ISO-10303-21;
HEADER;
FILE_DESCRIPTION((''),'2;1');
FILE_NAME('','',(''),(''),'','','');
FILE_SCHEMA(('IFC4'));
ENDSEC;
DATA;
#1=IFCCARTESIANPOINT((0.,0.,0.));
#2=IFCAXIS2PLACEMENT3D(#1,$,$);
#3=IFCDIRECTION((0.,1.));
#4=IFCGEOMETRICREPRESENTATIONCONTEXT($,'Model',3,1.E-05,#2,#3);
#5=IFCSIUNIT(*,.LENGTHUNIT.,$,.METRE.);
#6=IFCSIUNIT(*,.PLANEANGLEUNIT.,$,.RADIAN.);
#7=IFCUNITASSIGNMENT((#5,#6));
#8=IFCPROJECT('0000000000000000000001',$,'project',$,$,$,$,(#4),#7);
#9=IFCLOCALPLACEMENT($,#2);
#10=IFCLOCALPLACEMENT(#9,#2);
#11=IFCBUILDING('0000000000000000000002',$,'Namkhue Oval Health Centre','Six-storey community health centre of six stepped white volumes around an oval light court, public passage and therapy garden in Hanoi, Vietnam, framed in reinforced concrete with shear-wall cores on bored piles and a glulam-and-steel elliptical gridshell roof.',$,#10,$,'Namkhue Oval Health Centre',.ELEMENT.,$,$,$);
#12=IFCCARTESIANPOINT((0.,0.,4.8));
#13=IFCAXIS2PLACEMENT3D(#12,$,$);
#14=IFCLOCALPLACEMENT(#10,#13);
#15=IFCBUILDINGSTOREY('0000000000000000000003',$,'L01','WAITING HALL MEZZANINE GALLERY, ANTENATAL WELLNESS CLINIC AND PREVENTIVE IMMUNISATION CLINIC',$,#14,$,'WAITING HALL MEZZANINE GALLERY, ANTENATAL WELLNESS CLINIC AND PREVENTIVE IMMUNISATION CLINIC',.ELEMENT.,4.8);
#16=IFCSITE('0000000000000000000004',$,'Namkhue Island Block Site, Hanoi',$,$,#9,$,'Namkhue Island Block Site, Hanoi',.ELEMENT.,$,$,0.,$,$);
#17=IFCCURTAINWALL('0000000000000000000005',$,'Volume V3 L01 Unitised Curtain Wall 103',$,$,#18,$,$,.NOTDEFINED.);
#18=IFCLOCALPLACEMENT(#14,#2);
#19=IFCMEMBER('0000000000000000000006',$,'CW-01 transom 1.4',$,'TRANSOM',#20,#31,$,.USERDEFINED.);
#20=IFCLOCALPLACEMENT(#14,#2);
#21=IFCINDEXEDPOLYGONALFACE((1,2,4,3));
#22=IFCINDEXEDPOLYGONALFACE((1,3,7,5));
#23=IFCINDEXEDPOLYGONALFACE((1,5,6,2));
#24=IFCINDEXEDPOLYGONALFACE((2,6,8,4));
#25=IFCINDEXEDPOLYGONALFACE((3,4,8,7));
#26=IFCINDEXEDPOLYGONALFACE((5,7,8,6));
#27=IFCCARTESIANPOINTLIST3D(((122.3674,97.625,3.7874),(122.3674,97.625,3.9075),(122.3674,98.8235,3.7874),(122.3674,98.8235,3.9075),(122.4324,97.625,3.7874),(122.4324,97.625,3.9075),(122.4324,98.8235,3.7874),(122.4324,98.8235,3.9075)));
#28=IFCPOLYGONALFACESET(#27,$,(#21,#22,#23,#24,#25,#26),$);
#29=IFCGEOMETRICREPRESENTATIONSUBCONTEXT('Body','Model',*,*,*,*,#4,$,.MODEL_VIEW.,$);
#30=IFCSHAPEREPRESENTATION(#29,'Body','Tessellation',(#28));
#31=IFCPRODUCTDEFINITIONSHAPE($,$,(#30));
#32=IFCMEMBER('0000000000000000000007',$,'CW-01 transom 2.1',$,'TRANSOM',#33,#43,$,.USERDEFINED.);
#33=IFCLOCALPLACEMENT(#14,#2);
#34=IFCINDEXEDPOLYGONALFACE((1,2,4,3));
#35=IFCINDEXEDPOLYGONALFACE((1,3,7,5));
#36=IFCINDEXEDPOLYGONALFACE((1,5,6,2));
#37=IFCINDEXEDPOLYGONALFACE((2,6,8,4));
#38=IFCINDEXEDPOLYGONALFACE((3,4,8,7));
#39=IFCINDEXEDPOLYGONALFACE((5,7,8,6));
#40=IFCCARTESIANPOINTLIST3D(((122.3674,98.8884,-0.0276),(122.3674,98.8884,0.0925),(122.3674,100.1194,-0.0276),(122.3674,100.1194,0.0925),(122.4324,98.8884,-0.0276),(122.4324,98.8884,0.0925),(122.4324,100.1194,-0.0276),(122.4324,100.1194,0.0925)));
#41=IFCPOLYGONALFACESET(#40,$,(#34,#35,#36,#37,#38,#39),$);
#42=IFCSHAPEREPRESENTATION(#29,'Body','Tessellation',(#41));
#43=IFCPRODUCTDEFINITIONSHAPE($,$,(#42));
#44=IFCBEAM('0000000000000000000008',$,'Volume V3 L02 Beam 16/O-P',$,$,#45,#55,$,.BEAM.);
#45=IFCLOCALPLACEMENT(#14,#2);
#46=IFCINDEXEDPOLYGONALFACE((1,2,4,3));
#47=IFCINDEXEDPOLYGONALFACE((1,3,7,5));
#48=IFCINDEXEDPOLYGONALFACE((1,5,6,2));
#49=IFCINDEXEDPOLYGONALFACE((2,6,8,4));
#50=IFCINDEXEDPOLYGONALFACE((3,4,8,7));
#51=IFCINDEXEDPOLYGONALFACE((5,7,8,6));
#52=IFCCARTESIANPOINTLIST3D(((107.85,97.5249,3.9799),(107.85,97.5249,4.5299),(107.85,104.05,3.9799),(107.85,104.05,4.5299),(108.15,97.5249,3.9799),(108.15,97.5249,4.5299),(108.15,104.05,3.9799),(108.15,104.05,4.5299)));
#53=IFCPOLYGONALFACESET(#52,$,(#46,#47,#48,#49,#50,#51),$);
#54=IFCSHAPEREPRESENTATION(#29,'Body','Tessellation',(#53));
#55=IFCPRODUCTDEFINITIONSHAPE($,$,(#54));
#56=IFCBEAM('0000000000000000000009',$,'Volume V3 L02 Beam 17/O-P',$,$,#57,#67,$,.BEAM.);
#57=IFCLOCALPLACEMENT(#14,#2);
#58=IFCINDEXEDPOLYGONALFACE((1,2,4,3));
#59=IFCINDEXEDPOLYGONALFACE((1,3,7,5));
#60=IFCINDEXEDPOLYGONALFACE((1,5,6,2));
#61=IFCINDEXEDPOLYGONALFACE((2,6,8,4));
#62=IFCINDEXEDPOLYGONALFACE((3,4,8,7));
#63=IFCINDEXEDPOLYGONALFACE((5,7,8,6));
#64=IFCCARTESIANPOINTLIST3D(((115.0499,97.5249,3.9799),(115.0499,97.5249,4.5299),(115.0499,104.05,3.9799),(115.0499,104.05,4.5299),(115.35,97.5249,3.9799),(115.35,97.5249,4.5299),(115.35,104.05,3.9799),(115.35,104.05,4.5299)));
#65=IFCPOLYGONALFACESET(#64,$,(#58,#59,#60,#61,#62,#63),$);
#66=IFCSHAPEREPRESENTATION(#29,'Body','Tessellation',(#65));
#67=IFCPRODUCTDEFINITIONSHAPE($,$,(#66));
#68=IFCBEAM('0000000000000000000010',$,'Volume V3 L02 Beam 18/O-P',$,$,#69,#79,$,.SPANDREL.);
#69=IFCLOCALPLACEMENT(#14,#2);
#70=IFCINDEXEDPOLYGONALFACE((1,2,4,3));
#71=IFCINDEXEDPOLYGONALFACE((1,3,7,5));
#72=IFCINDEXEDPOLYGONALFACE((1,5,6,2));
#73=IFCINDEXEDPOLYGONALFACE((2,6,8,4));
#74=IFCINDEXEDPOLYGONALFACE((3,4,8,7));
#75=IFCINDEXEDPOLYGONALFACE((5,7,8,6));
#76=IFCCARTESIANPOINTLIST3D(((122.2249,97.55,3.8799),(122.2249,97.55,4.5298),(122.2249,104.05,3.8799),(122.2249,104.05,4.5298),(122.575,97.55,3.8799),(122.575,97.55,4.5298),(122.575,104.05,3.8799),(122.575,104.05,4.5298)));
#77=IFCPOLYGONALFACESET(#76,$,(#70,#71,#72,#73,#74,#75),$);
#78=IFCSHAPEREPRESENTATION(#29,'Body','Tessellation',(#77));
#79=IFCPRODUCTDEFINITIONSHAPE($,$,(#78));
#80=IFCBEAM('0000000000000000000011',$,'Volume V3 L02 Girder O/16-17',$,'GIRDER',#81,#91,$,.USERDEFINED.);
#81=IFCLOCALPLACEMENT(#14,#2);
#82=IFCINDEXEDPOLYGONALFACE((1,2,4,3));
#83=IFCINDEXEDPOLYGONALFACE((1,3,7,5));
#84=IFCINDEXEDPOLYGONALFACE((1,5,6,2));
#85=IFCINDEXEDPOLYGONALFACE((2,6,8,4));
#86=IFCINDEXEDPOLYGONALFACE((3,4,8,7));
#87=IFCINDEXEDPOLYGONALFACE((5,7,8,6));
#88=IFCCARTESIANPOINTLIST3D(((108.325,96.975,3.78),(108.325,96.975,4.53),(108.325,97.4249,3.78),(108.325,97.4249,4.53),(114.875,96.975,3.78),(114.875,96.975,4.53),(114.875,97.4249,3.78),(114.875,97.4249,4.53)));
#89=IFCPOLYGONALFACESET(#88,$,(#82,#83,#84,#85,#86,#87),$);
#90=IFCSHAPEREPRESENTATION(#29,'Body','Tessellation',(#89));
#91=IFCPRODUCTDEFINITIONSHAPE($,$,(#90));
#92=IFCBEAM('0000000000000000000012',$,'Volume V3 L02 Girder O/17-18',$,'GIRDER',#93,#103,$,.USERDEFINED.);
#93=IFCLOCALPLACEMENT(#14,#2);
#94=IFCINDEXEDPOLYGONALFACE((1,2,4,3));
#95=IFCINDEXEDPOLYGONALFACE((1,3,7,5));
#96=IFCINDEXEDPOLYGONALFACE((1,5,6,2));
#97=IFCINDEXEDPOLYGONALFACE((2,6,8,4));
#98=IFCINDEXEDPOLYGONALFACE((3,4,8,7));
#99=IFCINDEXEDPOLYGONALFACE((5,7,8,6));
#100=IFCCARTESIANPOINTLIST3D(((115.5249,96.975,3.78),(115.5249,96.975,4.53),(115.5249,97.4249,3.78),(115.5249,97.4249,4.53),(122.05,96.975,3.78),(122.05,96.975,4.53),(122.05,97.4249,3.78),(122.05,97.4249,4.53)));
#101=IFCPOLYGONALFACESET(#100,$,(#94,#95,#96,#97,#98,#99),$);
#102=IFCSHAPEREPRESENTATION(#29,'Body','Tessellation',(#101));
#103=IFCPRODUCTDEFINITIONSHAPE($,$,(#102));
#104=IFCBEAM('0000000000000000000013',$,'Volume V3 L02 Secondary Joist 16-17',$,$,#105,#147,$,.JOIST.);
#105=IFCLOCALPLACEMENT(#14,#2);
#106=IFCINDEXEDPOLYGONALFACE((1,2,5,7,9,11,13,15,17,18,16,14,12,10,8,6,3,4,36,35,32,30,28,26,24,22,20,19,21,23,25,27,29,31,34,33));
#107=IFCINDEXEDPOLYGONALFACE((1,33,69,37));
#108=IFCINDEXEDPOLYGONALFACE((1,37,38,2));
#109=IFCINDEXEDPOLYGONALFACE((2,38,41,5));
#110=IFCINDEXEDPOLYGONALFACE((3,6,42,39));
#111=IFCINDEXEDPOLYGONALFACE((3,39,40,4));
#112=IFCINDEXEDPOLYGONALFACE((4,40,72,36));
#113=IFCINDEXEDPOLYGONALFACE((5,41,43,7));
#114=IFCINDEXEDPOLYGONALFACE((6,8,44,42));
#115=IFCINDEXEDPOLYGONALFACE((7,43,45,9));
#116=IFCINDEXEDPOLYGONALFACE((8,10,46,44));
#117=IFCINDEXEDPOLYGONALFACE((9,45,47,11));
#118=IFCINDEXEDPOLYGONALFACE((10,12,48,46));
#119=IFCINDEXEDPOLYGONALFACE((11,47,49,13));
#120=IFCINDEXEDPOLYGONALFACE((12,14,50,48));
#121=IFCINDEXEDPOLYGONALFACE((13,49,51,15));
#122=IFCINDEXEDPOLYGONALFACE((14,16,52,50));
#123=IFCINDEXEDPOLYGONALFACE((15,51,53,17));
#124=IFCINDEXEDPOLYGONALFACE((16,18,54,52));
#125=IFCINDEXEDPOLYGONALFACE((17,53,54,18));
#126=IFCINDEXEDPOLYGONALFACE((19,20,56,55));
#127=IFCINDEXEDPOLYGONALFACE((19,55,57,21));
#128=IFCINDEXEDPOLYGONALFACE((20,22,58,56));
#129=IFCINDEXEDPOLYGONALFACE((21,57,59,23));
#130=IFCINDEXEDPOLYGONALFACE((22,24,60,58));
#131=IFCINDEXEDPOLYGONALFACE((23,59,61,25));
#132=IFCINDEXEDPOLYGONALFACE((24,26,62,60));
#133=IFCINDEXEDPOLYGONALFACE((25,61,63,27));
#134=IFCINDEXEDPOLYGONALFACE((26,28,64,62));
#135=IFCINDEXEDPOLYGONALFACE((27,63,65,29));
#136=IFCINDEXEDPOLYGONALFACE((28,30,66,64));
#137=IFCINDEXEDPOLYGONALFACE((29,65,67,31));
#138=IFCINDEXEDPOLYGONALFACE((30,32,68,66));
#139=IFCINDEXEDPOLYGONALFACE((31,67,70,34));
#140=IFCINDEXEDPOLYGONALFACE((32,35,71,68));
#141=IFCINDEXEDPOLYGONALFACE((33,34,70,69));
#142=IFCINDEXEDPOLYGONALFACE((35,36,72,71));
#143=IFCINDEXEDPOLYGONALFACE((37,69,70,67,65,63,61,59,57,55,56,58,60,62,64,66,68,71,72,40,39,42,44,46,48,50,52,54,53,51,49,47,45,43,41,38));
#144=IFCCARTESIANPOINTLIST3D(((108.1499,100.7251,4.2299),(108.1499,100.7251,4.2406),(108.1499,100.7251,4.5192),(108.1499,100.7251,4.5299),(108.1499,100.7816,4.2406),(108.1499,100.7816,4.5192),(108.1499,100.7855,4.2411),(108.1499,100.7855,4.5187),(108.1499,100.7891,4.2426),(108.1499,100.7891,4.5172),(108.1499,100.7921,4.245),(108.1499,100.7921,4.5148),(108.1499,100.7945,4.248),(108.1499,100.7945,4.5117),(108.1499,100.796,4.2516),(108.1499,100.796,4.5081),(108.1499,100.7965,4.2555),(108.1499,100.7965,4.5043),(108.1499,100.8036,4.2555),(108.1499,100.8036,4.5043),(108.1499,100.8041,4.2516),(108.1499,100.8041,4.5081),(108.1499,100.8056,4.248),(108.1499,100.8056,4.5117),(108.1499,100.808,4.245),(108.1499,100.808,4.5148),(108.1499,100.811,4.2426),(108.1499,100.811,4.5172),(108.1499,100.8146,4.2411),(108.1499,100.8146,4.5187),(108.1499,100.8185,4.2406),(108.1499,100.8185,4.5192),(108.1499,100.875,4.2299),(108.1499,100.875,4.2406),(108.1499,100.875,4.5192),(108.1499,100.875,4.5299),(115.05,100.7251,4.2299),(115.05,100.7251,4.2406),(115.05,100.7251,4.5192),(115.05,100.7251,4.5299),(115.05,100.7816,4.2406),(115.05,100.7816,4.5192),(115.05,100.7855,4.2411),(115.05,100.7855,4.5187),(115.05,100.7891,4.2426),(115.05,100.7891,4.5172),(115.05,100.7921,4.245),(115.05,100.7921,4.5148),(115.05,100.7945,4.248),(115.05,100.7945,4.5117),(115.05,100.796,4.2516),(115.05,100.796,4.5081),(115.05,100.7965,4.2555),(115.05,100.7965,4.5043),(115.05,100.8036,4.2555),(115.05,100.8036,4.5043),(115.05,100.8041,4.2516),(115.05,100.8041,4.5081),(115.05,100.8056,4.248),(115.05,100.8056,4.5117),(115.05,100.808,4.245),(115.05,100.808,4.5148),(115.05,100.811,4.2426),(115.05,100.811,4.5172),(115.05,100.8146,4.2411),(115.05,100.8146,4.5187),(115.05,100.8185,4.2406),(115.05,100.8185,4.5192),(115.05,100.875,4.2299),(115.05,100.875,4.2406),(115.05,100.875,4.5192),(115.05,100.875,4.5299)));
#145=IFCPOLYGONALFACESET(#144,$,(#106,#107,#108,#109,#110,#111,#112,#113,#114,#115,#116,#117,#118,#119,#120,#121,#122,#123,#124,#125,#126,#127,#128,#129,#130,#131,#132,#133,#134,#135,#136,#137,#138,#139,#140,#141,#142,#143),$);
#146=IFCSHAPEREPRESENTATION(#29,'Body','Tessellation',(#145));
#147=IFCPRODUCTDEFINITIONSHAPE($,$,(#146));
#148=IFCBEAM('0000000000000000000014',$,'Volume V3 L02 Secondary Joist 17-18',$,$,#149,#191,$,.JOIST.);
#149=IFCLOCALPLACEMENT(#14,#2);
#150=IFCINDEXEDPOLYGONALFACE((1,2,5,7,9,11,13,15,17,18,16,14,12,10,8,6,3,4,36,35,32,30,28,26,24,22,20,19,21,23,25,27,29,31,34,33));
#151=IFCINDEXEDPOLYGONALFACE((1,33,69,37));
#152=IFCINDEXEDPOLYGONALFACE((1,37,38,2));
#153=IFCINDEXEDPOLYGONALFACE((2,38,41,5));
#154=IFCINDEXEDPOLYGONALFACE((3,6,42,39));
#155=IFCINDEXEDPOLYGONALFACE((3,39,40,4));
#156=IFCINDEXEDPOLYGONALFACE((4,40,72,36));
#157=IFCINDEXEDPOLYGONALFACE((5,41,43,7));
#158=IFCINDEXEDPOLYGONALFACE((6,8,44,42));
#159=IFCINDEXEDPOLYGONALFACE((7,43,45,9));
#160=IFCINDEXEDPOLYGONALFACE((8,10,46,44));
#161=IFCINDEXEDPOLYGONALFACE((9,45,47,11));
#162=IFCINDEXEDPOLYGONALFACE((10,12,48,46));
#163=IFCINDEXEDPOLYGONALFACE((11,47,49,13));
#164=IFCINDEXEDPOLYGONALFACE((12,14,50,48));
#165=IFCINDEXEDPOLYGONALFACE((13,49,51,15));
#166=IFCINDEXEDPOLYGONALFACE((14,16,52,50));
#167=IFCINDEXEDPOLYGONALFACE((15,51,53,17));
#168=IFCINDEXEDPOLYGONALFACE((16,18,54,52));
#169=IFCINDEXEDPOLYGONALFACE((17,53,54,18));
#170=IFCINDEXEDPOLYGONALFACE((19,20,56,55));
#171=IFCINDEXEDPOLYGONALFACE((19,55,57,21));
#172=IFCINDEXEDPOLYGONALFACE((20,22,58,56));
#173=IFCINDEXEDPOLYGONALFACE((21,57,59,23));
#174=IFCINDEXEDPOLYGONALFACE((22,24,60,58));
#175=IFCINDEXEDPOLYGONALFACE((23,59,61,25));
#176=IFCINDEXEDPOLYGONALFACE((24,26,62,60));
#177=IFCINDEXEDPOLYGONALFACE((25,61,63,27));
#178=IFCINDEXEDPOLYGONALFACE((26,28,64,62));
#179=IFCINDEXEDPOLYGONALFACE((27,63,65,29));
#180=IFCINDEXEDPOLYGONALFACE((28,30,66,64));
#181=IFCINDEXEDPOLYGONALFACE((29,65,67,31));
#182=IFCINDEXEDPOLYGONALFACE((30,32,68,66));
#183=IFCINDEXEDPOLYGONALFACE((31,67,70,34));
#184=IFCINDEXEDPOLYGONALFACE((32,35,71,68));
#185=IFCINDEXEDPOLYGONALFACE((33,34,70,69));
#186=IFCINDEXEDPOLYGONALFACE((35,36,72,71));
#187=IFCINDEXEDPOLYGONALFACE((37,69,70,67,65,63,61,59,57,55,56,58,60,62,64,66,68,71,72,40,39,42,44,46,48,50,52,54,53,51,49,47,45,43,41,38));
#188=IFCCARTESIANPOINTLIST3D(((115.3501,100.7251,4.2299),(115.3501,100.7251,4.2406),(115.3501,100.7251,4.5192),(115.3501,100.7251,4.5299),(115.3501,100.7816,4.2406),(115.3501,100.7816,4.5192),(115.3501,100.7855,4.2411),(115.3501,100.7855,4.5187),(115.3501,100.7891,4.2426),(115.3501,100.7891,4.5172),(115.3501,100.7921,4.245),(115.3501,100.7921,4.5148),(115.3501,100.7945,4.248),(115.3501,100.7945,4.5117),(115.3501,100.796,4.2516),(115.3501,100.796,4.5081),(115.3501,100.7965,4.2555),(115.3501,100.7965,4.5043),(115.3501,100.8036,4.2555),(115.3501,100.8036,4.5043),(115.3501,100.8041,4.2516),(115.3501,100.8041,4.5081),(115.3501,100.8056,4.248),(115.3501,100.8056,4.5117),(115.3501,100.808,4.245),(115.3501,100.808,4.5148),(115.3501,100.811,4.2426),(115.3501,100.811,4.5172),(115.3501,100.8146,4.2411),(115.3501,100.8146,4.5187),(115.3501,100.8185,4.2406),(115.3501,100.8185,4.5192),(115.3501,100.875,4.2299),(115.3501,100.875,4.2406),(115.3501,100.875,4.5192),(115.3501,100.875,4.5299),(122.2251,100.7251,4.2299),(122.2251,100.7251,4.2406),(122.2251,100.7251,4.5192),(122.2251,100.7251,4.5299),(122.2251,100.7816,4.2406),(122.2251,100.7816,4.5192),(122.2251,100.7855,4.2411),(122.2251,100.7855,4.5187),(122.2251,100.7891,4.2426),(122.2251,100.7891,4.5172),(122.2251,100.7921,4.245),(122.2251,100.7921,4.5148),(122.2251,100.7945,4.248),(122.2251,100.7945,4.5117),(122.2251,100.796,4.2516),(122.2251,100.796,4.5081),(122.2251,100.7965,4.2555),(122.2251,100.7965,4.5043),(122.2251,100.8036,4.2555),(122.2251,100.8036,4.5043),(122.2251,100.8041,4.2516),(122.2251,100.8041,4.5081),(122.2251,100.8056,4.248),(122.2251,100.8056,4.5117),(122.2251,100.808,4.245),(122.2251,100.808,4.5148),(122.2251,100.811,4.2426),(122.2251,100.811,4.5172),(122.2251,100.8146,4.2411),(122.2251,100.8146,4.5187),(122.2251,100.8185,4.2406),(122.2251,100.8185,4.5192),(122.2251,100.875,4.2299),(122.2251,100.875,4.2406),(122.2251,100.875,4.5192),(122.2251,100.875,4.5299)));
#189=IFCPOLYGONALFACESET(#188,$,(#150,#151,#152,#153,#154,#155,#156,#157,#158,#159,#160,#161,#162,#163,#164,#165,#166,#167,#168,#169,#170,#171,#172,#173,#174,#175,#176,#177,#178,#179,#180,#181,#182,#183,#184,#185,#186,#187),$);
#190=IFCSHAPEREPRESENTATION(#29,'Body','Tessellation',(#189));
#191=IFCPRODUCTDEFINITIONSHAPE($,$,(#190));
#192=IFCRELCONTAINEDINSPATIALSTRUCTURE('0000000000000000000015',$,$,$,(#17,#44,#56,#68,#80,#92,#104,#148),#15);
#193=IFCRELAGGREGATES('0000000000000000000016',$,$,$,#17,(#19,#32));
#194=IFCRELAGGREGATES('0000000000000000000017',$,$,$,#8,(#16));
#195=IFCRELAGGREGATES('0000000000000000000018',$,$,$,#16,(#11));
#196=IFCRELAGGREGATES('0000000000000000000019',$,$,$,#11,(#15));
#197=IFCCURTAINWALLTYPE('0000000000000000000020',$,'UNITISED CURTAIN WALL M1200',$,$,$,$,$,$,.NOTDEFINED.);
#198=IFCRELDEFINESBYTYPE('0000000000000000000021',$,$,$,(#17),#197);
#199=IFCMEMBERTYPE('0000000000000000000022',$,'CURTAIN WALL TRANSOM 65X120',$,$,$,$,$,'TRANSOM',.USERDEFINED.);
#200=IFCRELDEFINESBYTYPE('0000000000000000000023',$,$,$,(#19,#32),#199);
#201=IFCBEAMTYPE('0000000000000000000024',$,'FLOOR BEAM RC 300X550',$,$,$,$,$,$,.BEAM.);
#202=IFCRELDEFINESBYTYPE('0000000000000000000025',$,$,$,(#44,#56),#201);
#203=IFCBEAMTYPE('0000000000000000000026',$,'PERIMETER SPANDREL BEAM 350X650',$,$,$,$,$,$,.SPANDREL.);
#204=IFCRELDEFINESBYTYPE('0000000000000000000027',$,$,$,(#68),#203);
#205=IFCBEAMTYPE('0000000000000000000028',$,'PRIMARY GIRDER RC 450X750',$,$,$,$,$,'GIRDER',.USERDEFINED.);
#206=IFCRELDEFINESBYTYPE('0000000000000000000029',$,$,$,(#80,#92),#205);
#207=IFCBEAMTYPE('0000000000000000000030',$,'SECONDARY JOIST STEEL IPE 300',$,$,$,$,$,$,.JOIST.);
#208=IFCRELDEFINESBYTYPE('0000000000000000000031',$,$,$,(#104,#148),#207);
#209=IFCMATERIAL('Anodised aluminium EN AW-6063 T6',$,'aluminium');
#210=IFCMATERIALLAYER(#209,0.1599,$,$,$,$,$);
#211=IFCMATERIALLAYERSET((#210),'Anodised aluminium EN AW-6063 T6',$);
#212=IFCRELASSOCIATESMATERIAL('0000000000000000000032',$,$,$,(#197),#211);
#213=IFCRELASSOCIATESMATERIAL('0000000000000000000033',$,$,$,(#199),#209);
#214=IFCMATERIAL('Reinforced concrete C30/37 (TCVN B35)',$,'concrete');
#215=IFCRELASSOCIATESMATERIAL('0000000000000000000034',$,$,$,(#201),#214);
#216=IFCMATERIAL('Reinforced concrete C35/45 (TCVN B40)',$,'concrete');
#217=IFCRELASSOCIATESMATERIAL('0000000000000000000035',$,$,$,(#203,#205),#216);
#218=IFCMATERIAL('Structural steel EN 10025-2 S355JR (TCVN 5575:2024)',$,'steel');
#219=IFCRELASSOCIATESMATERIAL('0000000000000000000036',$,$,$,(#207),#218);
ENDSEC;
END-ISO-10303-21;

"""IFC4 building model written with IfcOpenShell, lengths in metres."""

from ifc_helpers import new_model, si_unit, direction, frame, origin, origin_2d, place, context, subcontext, project, spatial, rectangle, i_section, extrude, material, layer, layer_set, material_profile, profile_set, type_object, element, aggregate, save


model = new_model("IFC4")

# Units and contexts
model_context = context("Model", 3, precision=1e-05, world=origin(), true_north=direction((0.0, 1.0)))
body_context = subcontext(model_context, "Body", "Model", "MODEL_VIEW")
ifc_project = project(units=[si_unit("LENGTHUNIT", "METRE"), si_unit("PLANEANGLEUNIT", "RADIAN")], contexts=[model_context])

# Site, building, storey
site_placement = place(None, origin())
site = spatial("IfcSite", under=ifc_project, at=site_placement, Name="Namkhue Island Block Site, Hanoi", LongName="Namkhue Island Block Site, Hanoi", CompositionType="ELEMENT", RefElevation=0.0)
building_placement = place(site_placement, origin())
building = spatial("IfcBuilding", under=site, at=building_placement, Name="Namkhue Oval Health Centre", Description="Six-storey community health centre of six stepped white volumes around an oval light court, public passage and therapy garden in Hanoi, Vietnam, framed in reinforced concrete with shear-wall cores on bored piles and a glulam-and-steel elliptical gridshell roof.", LongName="Namkhue Oval Health Centre", CompositionType="ELEMENT")
storey_placement = place(building_placement, frame((0.0, 0.0, 4.8)))
storey = spatial("IfcBuildingStorey", under=building, at=storey_placement, Name="L01", Description="WAITING HALL MEZZANINE GALLERY, ANTENATAL WELLNESS CLINIC AND PREVENTIVE IMMUNISATION CLINIC", LongName="WAITING HALL MEZZANINE GALLERY, ANTENATAL WELLNESS CLINIC AND PREVENTIVE IMMUNISATION CLINIC", CompositionType="ELEMENT", Elevation=4.8)

# Shared definitions
ifc_material_1 = material(Name="Reinforced concrete C35/45 (TCVN B40)", Category="concrete")

# Curtain wall, members
ifc_material_2 = material(Name="Anodised aluminium EN AW-6063 T6", Category="aluminium")
ifc_layer_1 = layer(ifc_material_2, 0.1599)
ifc_layer_set_1 = layer_set([ifc_layer_1], Name="Anodised aluminium EN AW-6063 T6")
curtain_wall_type = type_object("IfcCurtainWallType", Name="UNITISED CURTAIN WALL M1200", PredefinedType="NOTDEFINED", material=ifc_layer_set_1)
curtain_wall_placement = place(storey_placement, origin())
curtain_wall = element("IfcCurtainWall", 1, at=curtain_wall_placement, inside=storey, type_object=curtain_wall_type, Name="Volume V3 L01 Unitised Curtain Wall 103", PredefinedType="NOTDEFINED")
ifc_material_profile_1 = material_profile(ifc_material_2, rectangle(XDim=0.0649, YDim=0.1201, at=origin_2d()), Name="ALU 65x120")
ifc_profile_set_1 = profile_set([ifc_material_profile_1], Name="Anodised aluminium EN AW-6063 T6")
member_type_1 = type_object("IfcMemberType", Name="CURTAIN WALL TRANSOM 65X120", ElementType="TRANSOM", PredefinedType="USERDEFINED", material=ifc_profile_set_1)
member_1_placement = place(storey_placement, frame((122.3999, 97.625, 3.8474), z_axis=(0.0, 1.0, 0.0), x_axis=(-1.0, 0.0, 0.0)))
member_1 = element("IfcMember", 2, at=member_1_placement, type_object=member_type_1, Name="CW-01 transom 1.4", ObjectType="TRANSOM", PredefinedType="USERDEFINED", context=body_context, shape_type="SweptSolid", body=[
    extrude(rectangle(XDim=0.0649, YDim=0.1201, at=origin_2d()), origin(), (0.0, 0.0, 1.0), 1.1985),
])
member_2_placement = place(storey_placement, frame((122.3999, 98.8884, 0.0325), z_axis=(0.0, 1.0, 0.0), x_axis=(-1.0, 0.0, 0.0)))
member_2 = element("IfcMember", 3, at=member_2_placement, type_object=member_type_1, Name="CW-01 transom 2.1", ObjectType="TRANSOM", PredefinedType="USERDEFINED", context=body_context, shape_type="SweptSolid", body=[
    extrude(rectangle(XDim=0.0649, YDim=0.1201, at=origin_2d()), origin(), (0.0, 0.0, 1.0), 1.231),
])

# Beams
ifc_material_3 = material(Name="Reinforced concrete C30/37 (TCVN B35)", Category="concrete")
ifc_material_profile_2 = material_profile(ifc_material_3, rectangle(XDim=0.3, YDim=0.55, at=origin_2d()), Name="RC 300x550")
ifc_profile_set_2 = profile_set([ifc_material_profile_2], Name="Reinforced concrete C30/37 (TCVN B35)")
beam_type_1 = type_object("IfcBeamType", Name="FLOOR BEAM RC 300X550", PredefinedType="BEAM", material=ifc_profile_set_2)
for number, where, z_axis, x_axis, name in (
    (4, (108.0, 97.5249, 4.2549), (0.0, 1.0, 0.0), (-1.0, 0.0, 0.0), "Volume V3 L02 Beam 16/O-P"),
    (5, (115.2, 97.5249, 4.2549), (0.0, 1.0, 0.0), (-1.0, 0.0, 0.0), "Volume V3 L02 Beam 17/O-P"),
):
    element("IfcBeam", number, at=place(storey_placement, frame(where, z_axis=z_axis, x_axis=x_axis)), inside=storey, type_object=beam_type_1, Name=name, PredefinedType="BEAM", context=body_context, shape_type="SweptSolid", body=[
        extrude(rectangle(XDim=0.3, YDim=0.55, at=origin_2d()), origin(), (0.0, 0.0, 1.0), 6.5251),
    ])
ifc_material_profile_3 = material_profile(ifc_material_1, rectangle(XDim=0.3501, YDim=0.6499, at=origin_2d()), Name="RC 350x650")
ifc_profile_set_3 = profile_set([ifc_material_profile_3], Name="Reinforced concrete C35/45 (TCVN B40)")
beam_type_2 = type_object("IfcBeamType", Name="PERIMETER SPANDREL BEAM 350X650", PredefinedType="SPANDREL", material=ifc_profile_set_3)
beam_1_placement = place(storey_placement, frame((122.3999, 97.55, 4.2048), z_axis=(0.0, 1.0, 0.0), x_axis=(-1.0, 0.0, 0.0)))
element("IfcBeam", 6, at=beam_1_placement, inside=storey, type_object=beam_type_2, Name="Volume V3 L02 Beam 18/O-P", PredefinedType="SPANDREL", context=body_context, shape_type="SweptSolid", body=[
    extrude(rectangle(XDim=0.3501, YDim=0.6499, at=origin_2d()), origin(), (0.0, 0.0, 1.0), 6.5),
])
ifc_material_profile_4 = material_profile(ifc_material_1, rectangle(XDim=0.45, YDim=0.75, at=origin_2d()), Name="RC 450x750")
ifc_profile_set_4 = profile_set([ifc_material_profile_4], Name="Reinforced concrete C35/45 (TCVN B40)")
beam_type_3 = type_object("IfcBeamType", Name="PRIMARY GIRDER RC 450X750", ElementType="GIRDER", PredefinedType="USERDEFINED", material=ifc_profile_set_4)
beam_2_placement = place(storey_placement, frame((108.325, 97.2, 4.155), z_axis=(1.0, 0.0, 0.0), x_axis=(0.0, 1.0, 0.0)))
element("IfcBeam", 7, at=beam_2_placement, inside=storey, type_object=beam_type_3, Name="Volume V3 L02 Girder O/16-17", ObjectType="GIRDER", PredefinedType="USERDEFINED", context=body_context, shape_type="SweptSolid", body=[
    extrude(rectangle(XDim=0.45, YDim=0.75, at=origin_2d()), origin(), (0.0, 0.0, 1.0), 6.55),
])
beam_3_placement = place(storey_placement, frame((115.5249, 97.2, 4.155), z_axis=(1.0, 0.0, 0.0), x_axis=(0.0, 1.0, 0.0)))
element("IfcBeam", 8, at=beam_3_placement, inside=storey, type_object=beam_type_3, Name="Volume V3 L02 Girder O/17-18", ObjectType="GIRDER", PredefinedType="USERDEFINED", context=body_context, shape_type="SweptSolid", body=[
    extrude(rectangle(XDim=0.45, YDim=0.75, at=origin_2d()), origin(), (0.0, 0.0, 1.0), 6.5251),
])
ifc_material_4 = material(Name="Structural steel EN 10025-2 S355JR (TCVN 5575:2024)", Category="steel")
ifc_material_profile_5 = material_profile(ifc_material_4, i_section(OverallWidth=0.1499, OverallDepth=0.3, WebThickness=0.0071, FlangeThickness=0.0107, FilletRadius=0.0149, at=origin_2d()), Name="IPE 300")
ifc_profile_set_5 = profile_set([ifc_material_profile_5], Name="Structural steel EN 10025-2 S355JR (TCVN 5575:2024)")
beam_type_4 = type_object("IfcBeamType", Name="SECONDARY JOIST STEEL IPE 300", PredefinedType="JOIST", material=ifc_profile_set_5)
beam_4_placement = place(storey_placement, frame((108.1499, 100.8, 4.3799), z_axis=(1.0, 0.0, 0.0), x_axis=(0.0, 1.0, 0.0)))
element("IfcBeam", 9, at=beam_4_placement, inside=storey, type_object=beam_type_4, Name="Volume V3 L02 Secondary Joist 16-17", PredefinedType="JOIST", context=body_context, shape_type="SweptSolid", body=[
    extrude(i_section(OverallWidth=0.1499, OverallDepth=0.3, WebThickness=0.0071, FlangeThickness=0.0107, FilletRadius=0.0149, at=origin_2d()), origin(), (0.0, 0.0, 1.0), 6.9001),
])
beam_5_placement = place(storey_placement, frame((115.3501, 100.8, 4.3799), z_axis=(1.0, 0.0, 0.0), x_axis=(0.0, 1.0, 0.0)))
element("IfcBeam", 10, at=beam_5_placement, inside=storey, type_object=beam_type_4, Name="Volume V3 L02 Secondary Joist 17-18", PredefinedType="JOIST", context=body_context, shape_type="SweptSolid", body=[
    extrude(i_section(OverallWidth=0.1499, OverallDepth=0.3, WebThickness=0.0071, FlangeThickness=0.0107, FilletRadius=0.0149, at=origin_2d()), origin(), (0.0, 0.0, 1.0), 6.875),
])

aggregate(curtain_wall, [member_1, member_2])

save(model, "model.ifc")
